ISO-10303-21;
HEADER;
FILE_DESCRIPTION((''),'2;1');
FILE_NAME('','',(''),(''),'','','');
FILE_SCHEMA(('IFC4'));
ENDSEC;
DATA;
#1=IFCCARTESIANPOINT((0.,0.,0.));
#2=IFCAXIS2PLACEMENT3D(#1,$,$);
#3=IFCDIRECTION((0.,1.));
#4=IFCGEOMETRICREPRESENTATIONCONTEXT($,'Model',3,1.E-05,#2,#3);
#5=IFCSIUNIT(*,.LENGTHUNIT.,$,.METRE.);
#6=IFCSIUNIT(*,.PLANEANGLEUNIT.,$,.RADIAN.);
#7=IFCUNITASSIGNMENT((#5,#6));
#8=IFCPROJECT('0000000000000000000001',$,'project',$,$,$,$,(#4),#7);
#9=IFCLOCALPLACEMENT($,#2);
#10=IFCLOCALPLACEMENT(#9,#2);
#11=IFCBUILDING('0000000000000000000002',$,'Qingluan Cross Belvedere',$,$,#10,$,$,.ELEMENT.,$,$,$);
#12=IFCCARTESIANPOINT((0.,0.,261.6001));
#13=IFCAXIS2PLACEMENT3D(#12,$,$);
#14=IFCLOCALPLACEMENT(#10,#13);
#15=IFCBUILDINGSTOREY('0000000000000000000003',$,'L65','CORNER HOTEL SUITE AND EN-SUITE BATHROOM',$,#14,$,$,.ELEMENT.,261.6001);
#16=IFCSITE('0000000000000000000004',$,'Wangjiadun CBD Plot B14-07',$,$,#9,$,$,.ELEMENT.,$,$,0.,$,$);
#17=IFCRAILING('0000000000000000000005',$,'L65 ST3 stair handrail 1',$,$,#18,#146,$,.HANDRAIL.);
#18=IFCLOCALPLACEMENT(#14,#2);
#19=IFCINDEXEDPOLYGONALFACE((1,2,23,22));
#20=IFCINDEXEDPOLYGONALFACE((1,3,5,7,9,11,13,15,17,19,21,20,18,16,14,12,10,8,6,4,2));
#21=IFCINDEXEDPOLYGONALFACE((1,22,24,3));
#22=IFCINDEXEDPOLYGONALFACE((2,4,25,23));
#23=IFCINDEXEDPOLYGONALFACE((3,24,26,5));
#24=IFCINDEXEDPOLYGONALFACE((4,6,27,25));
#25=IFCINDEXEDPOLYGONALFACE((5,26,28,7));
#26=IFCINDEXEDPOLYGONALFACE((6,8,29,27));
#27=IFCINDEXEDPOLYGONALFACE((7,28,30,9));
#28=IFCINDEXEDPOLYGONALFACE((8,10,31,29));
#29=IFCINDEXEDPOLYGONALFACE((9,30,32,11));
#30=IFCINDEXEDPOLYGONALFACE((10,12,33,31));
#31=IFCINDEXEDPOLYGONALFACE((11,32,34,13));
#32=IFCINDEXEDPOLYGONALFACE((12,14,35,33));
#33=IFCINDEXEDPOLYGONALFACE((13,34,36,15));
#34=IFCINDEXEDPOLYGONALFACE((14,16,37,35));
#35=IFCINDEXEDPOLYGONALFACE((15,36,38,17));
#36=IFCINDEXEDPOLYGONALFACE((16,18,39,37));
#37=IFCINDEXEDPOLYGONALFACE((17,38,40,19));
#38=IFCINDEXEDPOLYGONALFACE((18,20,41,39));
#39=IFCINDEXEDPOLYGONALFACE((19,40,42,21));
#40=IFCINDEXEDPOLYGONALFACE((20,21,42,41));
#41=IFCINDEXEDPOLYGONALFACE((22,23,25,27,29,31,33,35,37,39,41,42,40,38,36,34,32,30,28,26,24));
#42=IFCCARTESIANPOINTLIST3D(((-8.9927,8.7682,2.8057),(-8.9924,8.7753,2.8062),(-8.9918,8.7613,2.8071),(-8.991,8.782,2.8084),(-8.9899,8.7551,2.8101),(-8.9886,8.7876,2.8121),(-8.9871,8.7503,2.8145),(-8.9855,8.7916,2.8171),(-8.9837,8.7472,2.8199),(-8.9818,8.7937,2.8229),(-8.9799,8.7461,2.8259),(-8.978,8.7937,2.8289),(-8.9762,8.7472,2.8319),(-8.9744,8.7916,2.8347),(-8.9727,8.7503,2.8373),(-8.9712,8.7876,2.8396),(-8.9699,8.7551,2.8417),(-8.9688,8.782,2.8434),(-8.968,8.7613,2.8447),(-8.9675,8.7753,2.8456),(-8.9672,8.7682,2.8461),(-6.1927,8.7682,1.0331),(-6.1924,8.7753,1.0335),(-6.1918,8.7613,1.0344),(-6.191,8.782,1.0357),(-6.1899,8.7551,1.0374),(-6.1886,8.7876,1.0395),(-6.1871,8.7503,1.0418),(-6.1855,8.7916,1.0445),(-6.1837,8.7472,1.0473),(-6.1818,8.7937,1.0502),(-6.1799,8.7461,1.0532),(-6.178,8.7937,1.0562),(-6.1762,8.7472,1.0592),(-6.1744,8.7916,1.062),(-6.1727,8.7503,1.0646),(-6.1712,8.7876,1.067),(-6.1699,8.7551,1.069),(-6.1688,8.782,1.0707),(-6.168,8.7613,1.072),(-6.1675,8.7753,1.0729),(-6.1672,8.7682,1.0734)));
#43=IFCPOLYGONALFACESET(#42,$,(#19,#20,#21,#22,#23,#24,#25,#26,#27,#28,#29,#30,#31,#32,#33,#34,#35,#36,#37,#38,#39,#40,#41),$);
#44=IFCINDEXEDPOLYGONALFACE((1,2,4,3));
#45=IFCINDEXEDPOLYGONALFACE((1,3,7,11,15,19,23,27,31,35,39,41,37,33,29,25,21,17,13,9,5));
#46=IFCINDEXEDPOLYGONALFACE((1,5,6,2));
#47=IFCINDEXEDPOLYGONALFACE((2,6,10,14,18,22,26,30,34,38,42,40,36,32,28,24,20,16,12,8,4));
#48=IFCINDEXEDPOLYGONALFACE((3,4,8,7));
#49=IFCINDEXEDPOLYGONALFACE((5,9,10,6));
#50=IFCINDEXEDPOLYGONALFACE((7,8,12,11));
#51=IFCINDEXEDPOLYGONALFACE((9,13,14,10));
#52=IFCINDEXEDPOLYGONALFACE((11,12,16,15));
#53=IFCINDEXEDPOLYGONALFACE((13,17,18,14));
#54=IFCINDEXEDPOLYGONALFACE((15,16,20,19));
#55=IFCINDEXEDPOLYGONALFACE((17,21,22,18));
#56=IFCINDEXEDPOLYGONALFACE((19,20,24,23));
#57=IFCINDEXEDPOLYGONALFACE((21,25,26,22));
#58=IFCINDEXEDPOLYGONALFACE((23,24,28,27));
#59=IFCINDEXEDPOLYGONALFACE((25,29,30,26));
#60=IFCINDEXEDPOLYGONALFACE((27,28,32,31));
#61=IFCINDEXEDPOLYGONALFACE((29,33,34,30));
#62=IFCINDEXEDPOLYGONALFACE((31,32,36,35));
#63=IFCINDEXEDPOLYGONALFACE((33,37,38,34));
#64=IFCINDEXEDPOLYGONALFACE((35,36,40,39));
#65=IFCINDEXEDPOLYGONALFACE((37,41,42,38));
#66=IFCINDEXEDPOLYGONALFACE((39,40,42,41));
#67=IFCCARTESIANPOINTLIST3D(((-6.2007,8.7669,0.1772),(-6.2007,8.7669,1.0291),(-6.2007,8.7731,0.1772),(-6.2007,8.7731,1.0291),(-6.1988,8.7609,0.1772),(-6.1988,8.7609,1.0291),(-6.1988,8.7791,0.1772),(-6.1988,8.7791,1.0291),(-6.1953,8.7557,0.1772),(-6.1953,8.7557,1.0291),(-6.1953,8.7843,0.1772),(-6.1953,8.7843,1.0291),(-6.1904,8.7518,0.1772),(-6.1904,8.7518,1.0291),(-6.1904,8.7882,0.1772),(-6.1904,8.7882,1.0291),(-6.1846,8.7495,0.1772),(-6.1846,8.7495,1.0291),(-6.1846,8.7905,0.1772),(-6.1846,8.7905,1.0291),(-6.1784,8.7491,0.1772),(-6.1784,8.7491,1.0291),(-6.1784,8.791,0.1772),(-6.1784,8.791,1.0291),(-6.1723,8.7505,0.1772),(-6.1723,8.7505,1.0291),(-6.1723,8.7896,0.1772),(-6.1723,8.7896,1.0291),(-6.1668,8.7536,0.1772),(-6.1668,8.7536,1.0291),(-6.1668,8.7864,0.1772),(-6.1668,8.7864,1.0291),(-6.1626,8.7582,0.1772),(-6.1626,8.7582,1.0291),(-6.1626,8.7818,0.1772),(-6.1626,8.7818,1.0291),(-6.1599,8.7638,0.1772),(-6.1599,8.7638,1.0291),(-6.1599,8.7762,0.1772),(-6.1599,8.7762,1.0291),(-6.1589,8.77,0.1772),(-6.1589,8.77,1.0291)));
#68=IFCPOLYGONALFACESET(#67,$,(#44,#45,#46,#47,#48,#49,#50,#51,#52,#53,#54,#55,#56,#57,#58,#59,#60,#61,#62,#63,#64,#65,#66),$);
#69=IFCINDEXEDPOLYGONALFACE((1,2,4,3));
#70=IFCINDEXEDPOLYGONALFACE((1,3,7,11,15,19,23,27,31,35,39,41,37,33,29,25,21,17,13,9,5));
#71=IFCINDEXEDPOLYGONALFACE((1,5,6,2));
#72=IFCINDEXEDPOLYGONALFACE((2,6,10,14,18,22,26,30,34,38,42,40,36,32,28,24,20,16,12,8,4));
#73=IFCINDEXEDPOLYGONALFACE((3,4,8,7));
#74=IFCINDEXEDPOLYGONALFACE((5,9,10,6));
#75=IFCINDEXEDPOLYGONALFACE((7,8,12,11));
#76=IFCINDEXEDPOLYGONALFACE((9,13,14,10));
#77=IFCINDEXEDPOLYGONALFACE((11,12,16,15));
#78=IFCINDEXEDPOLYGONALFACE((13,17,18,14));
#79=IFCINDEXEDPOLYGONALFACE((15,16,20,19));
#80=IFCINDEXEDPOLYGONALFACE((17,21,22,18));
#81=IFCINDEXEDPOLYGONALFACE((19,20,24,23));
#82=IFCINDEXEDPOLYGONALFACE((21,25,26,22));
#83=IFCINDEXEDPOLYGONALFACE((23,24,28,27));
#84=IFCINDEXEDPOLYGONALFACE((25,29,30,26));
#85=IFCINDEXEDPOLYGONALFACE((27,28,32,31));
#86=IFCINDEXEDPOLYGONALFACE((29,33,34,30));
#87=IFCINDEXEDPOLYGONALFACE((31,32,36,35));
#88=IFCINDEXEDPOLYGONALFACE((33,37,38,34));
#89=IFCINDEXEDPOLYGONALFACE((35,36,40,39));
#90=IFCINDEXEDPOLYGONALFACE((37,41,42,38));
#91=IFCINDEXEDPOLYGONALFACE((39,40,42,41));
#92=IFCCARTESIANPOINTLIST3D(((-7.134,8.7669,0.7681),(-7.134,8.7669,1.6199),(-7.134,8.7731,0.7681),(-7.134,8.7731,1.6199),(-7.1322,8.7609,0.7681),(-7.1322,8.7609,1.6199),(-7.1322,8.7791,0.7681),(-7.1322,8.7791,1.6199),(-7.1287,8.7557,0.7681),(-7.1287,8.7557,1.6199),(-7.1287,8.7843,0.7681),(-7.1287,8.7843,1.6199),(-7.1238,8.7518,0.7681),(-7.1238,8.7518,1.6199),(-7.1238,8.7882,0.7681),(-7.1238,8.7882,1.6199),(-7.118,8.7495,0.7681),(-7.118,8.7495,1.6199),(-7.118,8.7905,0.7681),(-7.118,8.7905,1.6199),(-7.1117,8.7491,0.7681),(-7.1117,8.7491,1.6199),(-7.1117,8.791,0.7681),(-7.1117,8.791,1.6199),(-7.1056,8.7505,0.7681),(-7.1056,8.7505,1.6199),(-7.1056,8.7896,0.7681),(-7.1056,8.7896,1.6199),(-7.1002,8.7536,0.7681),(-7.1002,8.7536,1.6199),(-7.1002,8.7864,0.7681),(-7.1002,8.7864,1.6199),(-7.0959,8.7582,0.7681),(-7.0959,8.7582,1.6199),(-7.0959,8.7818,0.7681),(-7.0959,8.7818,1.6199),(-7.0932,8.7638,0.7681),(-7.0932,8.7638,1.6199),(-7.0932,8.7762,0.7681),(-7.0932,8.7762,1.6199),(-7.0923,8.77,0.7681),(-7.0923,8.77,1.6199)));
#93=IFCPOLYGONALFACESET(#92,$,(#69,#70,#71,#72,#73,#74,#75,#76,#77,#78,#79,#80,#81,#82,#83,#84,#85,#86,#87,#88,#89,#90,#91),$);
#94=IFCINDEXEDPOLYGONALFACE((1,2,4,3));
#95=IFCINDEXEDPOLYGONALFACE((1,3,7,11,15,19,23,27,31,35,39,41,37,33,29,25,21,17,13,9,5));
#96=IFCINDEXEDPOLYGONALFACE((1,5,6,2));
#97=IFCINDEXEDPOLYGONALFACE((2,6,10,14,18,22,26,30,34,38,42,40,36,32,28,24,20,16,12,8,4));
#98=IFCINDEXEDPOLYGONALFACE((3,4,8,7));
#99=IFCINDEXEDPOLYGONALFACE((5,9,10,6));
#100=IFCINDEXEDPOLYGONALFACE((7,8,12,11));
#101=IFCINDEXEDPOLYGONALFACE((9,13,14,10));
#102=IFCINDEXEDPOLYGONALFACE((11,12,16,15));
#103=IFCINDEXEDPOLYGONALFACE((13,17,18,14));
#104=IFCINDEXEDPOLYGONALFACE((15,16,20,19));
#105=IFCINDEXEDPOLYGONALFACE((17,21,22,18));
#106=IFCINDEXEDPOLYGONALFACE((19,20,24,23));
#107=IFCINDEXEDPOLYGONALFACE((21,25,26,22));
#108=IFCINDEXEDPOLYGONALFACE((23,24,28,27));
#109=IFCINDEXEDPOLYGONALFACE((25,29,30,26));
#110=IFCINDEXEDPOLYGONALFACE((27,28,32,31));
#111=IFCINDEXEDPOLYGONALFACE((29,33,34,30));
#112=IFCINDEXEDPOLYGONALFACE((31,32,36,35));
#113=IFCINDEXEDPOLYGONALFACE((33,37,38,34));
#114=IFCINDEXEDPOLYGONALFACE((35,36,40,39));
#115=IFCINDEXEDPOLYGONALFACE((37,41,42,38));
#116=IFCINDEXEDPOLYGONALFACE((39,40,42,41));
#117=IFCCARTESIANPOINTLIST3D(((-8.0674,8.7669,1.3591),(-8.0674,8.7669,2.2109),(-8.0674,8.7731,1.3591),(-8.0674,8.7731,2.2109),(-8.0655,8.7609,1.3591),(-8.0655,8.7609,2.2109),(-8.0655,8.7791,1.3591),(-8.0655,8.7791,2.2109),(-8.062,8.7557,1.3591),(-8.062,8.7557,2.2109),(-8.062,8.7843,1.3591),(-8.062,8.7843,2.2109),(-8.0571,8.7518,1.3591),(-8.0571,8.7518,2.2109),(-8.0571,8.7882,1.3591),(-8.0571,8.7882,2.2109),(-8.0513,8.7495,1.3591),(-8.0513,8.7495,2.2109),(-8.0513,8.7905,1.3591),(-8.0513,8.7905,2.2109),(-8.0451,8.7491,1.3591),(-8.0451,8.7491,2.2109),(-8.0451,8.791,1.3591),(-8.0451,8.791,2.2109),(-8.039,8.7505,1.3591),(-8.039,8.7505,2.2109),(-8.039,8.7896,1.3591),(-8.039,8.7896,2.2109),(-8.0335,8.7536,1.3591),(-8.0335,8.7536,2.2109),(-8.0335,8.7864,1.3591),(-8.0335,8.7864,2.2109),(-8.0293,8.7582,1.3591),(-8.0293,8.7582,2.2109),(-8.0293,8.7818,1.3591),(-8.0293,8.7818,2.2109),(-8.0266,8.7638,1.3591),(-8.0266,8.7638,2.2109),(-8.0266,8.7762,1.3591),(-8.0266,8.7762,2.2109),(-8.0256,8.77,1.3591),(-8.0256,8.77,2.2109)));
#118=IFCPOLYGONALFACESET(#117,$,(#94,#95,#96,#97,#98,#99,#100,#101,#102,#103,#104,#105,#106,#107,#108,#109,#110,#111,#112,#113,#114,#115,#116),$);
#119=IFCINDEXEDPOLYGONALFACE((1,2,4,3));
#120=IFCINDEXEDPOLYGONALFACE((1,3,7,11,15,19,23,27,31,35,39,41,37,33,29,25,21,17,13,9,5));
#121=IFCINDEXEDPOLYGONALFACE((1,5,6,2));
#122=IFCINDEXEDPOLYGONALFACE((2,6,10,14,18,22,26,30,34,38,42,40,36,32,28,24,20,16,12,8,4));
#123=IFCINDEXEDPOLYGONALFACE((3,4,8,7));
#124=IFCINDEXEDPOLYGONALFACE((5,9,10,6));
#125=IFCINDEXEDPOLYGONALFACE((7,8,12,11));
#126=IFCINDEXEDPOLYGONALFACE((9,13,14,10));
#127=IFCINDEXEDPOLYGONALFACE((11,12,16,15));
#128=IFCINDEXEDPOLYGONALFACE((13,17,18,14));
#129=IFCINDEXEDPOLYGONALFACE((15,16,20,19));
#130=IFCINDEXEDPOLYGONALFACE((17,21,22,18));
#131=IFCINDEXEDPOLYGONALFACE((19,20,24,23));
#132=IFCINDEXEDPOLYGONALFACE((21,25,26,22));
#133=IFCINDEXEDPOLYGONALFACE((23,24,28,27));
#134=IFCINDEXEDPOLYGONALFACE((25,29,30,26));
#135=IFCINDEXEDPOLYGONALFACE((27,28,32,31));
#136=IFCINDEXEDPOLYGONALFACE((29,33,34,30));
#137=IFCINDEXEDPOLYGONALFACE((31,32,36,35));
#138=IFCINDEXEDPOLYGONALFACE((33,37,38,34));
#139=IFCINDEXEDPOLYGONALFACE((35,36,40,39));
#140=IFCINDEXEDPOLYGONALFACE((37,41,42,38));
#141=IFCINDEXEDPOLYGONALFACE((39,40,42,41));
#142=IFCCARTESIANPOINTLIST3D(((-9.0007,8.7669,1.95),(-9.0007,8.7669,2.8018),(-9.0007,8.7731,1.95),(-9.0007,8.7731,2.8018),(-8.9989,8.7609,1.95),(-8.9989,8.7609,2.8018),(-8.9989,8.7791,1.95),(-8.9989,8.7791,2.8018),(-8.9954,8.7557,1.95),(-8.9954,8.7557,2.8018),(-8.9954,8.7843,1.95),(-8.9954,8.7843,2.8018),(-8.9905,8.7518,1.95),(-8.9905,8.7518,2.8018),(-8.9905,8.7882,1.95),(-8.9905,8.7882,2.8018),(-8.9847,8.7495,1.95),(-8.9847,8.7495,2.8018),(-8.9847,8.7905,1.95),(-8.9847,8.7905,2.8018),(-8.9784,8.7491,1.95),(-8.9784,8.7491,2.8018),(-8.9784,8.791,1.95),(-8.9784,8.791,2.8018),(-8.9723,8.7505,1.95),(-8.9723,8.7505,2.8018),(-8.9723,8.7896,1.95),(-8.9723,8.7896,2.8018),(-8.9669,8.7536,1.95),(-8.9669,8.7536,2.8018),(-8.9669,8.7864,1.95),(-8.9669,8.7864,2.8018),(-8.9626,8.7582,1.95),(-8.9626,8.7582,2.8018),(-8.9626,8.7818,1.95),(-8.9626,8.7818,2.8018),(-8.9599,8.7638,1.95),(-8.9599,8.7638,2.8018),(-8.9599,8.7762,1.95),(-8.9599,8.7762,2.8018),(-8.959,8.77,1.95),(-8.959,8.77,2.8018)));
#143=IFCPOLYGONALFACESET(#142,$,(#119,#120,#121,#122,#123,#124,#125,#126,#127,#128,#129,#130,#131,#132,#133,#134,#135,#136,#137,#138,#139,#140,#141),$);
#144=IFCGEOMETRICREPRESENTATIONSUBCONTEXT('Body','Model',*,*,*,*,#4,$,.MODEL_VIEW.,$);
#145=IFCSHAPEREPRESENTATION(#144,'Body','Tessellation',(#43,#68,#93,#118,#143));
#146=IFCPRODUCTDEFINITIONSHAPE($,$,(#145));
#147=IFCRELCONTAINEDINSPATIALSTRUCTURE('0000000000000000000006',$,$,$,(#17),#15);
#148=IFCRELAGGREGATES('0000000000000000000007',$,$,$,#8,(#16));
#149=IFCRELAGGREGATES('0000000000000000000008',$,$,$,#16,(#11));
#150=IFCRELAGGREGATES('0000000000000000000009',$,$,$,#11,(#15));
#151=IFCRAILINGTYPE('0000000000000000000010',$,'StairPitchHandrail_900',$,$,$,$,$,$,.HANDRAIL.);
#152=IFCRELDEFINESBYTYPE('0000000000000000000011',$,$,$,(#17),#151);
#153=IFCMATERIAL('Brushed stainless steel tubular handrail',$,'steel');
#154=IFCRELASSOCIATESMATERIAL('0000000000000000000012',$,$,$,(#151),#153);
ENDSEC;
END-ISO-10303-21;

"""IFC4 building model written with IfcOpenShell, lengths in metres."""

from ifc_helpers import new_model, si_unit, direction, frame, origin, origin_2d, place, context, subcontext, project, spatial, circle, extrude, material, type_object, element, save


model = new_model("IFC4")

# Units and contexts
model_context = context("Model", 3, precision=1e-05, world=origin(), true_north=direction((0.0, 1.0)))
body_context = subcontext(model_context, "Body", "Model", "MODEL_VIEW")
ifc_project = project(units=[si_unit("LENGTHUNIT", "METRE"), si_unit("PLANEANGLEUNIT", "RADIAN")], contexts=[model_context])

# Site, building, storey
site_placement = place(None, origin())
site = spatial("IfcSite", under=ifc_project, at=site_placement, Name="Wangjiadun CBD Plot B14-07", CompositionType="ELEMENT", RefElevation=0.0)
building_placement = place(site_placement, origin())
building = spatial("IfcBuilding", under=site, at=building_placement, Name="Qingluan Cross Belvedere", CompositionType="ELEMENT")
storey_placement = place(building_placement, frame((0.0, 0.0, 261.6001)))
storey = spatial("IfcBuildingStorey", under=building, at=storey_placement, Name="L65", Description="CORNER HOTEL SUITE AND EN-SUITE BATHROOM", CompositionType="ELEMENT", Elevation=261.6001)

# Railing
ifc_material_1 = material(Name="Brushed stainless steel tubular handrail", Category="steel")
railing_type = type_object("IfcRailingType", Name="StairPitchHandrail_900", PredefinedType="HANDRAIL", material=ifc_material_1)
railing_placement = place(storey_placement, frame((-6.1799, 8.77, 0.1772)))
element("IfcRailing", 1, at=railing_placement, inside=storey, type_object=railing_type, Name="L65 ST3 stair handrail 1", PredefinedType="HANDRAIL", context=body_context, shape_type="SweptSolid", body=[
    extrude(circle(Radius=0.0239, at=origin_2d()), frame((0.0, 0.0, 0.876), z_axis=(-0.844909, 0.0, 0.53491), x_axis=(0.0, -1.0, 0.0)), (0.0, 0.0, 1.0), 3.314),
    extrude(circle(Radius=0.021, at=origin_2d()), origin(), (0.0, 0.0, 1.0), 0.8518),
    extrude(circle(Radius=0.021, at=origin_2d()), frame((-0.9333, 0.0, 0.5908)), (0.0, 0.0, 1.0), 0.8518),
    extrude(circle(Radius=0.021, at=origin_2d()), frame((-1.8667, 0.0, 1.1819)), (0.0, 0.0, 1.0), 0.8518),
    extrude(circle(Radius=0.021, at=origin_2d()), frame((-2.8, 0.0, 1.7727)), (0.0, 0.0, 1.0), 0.8518),
])

save(model, "model.ifc")
